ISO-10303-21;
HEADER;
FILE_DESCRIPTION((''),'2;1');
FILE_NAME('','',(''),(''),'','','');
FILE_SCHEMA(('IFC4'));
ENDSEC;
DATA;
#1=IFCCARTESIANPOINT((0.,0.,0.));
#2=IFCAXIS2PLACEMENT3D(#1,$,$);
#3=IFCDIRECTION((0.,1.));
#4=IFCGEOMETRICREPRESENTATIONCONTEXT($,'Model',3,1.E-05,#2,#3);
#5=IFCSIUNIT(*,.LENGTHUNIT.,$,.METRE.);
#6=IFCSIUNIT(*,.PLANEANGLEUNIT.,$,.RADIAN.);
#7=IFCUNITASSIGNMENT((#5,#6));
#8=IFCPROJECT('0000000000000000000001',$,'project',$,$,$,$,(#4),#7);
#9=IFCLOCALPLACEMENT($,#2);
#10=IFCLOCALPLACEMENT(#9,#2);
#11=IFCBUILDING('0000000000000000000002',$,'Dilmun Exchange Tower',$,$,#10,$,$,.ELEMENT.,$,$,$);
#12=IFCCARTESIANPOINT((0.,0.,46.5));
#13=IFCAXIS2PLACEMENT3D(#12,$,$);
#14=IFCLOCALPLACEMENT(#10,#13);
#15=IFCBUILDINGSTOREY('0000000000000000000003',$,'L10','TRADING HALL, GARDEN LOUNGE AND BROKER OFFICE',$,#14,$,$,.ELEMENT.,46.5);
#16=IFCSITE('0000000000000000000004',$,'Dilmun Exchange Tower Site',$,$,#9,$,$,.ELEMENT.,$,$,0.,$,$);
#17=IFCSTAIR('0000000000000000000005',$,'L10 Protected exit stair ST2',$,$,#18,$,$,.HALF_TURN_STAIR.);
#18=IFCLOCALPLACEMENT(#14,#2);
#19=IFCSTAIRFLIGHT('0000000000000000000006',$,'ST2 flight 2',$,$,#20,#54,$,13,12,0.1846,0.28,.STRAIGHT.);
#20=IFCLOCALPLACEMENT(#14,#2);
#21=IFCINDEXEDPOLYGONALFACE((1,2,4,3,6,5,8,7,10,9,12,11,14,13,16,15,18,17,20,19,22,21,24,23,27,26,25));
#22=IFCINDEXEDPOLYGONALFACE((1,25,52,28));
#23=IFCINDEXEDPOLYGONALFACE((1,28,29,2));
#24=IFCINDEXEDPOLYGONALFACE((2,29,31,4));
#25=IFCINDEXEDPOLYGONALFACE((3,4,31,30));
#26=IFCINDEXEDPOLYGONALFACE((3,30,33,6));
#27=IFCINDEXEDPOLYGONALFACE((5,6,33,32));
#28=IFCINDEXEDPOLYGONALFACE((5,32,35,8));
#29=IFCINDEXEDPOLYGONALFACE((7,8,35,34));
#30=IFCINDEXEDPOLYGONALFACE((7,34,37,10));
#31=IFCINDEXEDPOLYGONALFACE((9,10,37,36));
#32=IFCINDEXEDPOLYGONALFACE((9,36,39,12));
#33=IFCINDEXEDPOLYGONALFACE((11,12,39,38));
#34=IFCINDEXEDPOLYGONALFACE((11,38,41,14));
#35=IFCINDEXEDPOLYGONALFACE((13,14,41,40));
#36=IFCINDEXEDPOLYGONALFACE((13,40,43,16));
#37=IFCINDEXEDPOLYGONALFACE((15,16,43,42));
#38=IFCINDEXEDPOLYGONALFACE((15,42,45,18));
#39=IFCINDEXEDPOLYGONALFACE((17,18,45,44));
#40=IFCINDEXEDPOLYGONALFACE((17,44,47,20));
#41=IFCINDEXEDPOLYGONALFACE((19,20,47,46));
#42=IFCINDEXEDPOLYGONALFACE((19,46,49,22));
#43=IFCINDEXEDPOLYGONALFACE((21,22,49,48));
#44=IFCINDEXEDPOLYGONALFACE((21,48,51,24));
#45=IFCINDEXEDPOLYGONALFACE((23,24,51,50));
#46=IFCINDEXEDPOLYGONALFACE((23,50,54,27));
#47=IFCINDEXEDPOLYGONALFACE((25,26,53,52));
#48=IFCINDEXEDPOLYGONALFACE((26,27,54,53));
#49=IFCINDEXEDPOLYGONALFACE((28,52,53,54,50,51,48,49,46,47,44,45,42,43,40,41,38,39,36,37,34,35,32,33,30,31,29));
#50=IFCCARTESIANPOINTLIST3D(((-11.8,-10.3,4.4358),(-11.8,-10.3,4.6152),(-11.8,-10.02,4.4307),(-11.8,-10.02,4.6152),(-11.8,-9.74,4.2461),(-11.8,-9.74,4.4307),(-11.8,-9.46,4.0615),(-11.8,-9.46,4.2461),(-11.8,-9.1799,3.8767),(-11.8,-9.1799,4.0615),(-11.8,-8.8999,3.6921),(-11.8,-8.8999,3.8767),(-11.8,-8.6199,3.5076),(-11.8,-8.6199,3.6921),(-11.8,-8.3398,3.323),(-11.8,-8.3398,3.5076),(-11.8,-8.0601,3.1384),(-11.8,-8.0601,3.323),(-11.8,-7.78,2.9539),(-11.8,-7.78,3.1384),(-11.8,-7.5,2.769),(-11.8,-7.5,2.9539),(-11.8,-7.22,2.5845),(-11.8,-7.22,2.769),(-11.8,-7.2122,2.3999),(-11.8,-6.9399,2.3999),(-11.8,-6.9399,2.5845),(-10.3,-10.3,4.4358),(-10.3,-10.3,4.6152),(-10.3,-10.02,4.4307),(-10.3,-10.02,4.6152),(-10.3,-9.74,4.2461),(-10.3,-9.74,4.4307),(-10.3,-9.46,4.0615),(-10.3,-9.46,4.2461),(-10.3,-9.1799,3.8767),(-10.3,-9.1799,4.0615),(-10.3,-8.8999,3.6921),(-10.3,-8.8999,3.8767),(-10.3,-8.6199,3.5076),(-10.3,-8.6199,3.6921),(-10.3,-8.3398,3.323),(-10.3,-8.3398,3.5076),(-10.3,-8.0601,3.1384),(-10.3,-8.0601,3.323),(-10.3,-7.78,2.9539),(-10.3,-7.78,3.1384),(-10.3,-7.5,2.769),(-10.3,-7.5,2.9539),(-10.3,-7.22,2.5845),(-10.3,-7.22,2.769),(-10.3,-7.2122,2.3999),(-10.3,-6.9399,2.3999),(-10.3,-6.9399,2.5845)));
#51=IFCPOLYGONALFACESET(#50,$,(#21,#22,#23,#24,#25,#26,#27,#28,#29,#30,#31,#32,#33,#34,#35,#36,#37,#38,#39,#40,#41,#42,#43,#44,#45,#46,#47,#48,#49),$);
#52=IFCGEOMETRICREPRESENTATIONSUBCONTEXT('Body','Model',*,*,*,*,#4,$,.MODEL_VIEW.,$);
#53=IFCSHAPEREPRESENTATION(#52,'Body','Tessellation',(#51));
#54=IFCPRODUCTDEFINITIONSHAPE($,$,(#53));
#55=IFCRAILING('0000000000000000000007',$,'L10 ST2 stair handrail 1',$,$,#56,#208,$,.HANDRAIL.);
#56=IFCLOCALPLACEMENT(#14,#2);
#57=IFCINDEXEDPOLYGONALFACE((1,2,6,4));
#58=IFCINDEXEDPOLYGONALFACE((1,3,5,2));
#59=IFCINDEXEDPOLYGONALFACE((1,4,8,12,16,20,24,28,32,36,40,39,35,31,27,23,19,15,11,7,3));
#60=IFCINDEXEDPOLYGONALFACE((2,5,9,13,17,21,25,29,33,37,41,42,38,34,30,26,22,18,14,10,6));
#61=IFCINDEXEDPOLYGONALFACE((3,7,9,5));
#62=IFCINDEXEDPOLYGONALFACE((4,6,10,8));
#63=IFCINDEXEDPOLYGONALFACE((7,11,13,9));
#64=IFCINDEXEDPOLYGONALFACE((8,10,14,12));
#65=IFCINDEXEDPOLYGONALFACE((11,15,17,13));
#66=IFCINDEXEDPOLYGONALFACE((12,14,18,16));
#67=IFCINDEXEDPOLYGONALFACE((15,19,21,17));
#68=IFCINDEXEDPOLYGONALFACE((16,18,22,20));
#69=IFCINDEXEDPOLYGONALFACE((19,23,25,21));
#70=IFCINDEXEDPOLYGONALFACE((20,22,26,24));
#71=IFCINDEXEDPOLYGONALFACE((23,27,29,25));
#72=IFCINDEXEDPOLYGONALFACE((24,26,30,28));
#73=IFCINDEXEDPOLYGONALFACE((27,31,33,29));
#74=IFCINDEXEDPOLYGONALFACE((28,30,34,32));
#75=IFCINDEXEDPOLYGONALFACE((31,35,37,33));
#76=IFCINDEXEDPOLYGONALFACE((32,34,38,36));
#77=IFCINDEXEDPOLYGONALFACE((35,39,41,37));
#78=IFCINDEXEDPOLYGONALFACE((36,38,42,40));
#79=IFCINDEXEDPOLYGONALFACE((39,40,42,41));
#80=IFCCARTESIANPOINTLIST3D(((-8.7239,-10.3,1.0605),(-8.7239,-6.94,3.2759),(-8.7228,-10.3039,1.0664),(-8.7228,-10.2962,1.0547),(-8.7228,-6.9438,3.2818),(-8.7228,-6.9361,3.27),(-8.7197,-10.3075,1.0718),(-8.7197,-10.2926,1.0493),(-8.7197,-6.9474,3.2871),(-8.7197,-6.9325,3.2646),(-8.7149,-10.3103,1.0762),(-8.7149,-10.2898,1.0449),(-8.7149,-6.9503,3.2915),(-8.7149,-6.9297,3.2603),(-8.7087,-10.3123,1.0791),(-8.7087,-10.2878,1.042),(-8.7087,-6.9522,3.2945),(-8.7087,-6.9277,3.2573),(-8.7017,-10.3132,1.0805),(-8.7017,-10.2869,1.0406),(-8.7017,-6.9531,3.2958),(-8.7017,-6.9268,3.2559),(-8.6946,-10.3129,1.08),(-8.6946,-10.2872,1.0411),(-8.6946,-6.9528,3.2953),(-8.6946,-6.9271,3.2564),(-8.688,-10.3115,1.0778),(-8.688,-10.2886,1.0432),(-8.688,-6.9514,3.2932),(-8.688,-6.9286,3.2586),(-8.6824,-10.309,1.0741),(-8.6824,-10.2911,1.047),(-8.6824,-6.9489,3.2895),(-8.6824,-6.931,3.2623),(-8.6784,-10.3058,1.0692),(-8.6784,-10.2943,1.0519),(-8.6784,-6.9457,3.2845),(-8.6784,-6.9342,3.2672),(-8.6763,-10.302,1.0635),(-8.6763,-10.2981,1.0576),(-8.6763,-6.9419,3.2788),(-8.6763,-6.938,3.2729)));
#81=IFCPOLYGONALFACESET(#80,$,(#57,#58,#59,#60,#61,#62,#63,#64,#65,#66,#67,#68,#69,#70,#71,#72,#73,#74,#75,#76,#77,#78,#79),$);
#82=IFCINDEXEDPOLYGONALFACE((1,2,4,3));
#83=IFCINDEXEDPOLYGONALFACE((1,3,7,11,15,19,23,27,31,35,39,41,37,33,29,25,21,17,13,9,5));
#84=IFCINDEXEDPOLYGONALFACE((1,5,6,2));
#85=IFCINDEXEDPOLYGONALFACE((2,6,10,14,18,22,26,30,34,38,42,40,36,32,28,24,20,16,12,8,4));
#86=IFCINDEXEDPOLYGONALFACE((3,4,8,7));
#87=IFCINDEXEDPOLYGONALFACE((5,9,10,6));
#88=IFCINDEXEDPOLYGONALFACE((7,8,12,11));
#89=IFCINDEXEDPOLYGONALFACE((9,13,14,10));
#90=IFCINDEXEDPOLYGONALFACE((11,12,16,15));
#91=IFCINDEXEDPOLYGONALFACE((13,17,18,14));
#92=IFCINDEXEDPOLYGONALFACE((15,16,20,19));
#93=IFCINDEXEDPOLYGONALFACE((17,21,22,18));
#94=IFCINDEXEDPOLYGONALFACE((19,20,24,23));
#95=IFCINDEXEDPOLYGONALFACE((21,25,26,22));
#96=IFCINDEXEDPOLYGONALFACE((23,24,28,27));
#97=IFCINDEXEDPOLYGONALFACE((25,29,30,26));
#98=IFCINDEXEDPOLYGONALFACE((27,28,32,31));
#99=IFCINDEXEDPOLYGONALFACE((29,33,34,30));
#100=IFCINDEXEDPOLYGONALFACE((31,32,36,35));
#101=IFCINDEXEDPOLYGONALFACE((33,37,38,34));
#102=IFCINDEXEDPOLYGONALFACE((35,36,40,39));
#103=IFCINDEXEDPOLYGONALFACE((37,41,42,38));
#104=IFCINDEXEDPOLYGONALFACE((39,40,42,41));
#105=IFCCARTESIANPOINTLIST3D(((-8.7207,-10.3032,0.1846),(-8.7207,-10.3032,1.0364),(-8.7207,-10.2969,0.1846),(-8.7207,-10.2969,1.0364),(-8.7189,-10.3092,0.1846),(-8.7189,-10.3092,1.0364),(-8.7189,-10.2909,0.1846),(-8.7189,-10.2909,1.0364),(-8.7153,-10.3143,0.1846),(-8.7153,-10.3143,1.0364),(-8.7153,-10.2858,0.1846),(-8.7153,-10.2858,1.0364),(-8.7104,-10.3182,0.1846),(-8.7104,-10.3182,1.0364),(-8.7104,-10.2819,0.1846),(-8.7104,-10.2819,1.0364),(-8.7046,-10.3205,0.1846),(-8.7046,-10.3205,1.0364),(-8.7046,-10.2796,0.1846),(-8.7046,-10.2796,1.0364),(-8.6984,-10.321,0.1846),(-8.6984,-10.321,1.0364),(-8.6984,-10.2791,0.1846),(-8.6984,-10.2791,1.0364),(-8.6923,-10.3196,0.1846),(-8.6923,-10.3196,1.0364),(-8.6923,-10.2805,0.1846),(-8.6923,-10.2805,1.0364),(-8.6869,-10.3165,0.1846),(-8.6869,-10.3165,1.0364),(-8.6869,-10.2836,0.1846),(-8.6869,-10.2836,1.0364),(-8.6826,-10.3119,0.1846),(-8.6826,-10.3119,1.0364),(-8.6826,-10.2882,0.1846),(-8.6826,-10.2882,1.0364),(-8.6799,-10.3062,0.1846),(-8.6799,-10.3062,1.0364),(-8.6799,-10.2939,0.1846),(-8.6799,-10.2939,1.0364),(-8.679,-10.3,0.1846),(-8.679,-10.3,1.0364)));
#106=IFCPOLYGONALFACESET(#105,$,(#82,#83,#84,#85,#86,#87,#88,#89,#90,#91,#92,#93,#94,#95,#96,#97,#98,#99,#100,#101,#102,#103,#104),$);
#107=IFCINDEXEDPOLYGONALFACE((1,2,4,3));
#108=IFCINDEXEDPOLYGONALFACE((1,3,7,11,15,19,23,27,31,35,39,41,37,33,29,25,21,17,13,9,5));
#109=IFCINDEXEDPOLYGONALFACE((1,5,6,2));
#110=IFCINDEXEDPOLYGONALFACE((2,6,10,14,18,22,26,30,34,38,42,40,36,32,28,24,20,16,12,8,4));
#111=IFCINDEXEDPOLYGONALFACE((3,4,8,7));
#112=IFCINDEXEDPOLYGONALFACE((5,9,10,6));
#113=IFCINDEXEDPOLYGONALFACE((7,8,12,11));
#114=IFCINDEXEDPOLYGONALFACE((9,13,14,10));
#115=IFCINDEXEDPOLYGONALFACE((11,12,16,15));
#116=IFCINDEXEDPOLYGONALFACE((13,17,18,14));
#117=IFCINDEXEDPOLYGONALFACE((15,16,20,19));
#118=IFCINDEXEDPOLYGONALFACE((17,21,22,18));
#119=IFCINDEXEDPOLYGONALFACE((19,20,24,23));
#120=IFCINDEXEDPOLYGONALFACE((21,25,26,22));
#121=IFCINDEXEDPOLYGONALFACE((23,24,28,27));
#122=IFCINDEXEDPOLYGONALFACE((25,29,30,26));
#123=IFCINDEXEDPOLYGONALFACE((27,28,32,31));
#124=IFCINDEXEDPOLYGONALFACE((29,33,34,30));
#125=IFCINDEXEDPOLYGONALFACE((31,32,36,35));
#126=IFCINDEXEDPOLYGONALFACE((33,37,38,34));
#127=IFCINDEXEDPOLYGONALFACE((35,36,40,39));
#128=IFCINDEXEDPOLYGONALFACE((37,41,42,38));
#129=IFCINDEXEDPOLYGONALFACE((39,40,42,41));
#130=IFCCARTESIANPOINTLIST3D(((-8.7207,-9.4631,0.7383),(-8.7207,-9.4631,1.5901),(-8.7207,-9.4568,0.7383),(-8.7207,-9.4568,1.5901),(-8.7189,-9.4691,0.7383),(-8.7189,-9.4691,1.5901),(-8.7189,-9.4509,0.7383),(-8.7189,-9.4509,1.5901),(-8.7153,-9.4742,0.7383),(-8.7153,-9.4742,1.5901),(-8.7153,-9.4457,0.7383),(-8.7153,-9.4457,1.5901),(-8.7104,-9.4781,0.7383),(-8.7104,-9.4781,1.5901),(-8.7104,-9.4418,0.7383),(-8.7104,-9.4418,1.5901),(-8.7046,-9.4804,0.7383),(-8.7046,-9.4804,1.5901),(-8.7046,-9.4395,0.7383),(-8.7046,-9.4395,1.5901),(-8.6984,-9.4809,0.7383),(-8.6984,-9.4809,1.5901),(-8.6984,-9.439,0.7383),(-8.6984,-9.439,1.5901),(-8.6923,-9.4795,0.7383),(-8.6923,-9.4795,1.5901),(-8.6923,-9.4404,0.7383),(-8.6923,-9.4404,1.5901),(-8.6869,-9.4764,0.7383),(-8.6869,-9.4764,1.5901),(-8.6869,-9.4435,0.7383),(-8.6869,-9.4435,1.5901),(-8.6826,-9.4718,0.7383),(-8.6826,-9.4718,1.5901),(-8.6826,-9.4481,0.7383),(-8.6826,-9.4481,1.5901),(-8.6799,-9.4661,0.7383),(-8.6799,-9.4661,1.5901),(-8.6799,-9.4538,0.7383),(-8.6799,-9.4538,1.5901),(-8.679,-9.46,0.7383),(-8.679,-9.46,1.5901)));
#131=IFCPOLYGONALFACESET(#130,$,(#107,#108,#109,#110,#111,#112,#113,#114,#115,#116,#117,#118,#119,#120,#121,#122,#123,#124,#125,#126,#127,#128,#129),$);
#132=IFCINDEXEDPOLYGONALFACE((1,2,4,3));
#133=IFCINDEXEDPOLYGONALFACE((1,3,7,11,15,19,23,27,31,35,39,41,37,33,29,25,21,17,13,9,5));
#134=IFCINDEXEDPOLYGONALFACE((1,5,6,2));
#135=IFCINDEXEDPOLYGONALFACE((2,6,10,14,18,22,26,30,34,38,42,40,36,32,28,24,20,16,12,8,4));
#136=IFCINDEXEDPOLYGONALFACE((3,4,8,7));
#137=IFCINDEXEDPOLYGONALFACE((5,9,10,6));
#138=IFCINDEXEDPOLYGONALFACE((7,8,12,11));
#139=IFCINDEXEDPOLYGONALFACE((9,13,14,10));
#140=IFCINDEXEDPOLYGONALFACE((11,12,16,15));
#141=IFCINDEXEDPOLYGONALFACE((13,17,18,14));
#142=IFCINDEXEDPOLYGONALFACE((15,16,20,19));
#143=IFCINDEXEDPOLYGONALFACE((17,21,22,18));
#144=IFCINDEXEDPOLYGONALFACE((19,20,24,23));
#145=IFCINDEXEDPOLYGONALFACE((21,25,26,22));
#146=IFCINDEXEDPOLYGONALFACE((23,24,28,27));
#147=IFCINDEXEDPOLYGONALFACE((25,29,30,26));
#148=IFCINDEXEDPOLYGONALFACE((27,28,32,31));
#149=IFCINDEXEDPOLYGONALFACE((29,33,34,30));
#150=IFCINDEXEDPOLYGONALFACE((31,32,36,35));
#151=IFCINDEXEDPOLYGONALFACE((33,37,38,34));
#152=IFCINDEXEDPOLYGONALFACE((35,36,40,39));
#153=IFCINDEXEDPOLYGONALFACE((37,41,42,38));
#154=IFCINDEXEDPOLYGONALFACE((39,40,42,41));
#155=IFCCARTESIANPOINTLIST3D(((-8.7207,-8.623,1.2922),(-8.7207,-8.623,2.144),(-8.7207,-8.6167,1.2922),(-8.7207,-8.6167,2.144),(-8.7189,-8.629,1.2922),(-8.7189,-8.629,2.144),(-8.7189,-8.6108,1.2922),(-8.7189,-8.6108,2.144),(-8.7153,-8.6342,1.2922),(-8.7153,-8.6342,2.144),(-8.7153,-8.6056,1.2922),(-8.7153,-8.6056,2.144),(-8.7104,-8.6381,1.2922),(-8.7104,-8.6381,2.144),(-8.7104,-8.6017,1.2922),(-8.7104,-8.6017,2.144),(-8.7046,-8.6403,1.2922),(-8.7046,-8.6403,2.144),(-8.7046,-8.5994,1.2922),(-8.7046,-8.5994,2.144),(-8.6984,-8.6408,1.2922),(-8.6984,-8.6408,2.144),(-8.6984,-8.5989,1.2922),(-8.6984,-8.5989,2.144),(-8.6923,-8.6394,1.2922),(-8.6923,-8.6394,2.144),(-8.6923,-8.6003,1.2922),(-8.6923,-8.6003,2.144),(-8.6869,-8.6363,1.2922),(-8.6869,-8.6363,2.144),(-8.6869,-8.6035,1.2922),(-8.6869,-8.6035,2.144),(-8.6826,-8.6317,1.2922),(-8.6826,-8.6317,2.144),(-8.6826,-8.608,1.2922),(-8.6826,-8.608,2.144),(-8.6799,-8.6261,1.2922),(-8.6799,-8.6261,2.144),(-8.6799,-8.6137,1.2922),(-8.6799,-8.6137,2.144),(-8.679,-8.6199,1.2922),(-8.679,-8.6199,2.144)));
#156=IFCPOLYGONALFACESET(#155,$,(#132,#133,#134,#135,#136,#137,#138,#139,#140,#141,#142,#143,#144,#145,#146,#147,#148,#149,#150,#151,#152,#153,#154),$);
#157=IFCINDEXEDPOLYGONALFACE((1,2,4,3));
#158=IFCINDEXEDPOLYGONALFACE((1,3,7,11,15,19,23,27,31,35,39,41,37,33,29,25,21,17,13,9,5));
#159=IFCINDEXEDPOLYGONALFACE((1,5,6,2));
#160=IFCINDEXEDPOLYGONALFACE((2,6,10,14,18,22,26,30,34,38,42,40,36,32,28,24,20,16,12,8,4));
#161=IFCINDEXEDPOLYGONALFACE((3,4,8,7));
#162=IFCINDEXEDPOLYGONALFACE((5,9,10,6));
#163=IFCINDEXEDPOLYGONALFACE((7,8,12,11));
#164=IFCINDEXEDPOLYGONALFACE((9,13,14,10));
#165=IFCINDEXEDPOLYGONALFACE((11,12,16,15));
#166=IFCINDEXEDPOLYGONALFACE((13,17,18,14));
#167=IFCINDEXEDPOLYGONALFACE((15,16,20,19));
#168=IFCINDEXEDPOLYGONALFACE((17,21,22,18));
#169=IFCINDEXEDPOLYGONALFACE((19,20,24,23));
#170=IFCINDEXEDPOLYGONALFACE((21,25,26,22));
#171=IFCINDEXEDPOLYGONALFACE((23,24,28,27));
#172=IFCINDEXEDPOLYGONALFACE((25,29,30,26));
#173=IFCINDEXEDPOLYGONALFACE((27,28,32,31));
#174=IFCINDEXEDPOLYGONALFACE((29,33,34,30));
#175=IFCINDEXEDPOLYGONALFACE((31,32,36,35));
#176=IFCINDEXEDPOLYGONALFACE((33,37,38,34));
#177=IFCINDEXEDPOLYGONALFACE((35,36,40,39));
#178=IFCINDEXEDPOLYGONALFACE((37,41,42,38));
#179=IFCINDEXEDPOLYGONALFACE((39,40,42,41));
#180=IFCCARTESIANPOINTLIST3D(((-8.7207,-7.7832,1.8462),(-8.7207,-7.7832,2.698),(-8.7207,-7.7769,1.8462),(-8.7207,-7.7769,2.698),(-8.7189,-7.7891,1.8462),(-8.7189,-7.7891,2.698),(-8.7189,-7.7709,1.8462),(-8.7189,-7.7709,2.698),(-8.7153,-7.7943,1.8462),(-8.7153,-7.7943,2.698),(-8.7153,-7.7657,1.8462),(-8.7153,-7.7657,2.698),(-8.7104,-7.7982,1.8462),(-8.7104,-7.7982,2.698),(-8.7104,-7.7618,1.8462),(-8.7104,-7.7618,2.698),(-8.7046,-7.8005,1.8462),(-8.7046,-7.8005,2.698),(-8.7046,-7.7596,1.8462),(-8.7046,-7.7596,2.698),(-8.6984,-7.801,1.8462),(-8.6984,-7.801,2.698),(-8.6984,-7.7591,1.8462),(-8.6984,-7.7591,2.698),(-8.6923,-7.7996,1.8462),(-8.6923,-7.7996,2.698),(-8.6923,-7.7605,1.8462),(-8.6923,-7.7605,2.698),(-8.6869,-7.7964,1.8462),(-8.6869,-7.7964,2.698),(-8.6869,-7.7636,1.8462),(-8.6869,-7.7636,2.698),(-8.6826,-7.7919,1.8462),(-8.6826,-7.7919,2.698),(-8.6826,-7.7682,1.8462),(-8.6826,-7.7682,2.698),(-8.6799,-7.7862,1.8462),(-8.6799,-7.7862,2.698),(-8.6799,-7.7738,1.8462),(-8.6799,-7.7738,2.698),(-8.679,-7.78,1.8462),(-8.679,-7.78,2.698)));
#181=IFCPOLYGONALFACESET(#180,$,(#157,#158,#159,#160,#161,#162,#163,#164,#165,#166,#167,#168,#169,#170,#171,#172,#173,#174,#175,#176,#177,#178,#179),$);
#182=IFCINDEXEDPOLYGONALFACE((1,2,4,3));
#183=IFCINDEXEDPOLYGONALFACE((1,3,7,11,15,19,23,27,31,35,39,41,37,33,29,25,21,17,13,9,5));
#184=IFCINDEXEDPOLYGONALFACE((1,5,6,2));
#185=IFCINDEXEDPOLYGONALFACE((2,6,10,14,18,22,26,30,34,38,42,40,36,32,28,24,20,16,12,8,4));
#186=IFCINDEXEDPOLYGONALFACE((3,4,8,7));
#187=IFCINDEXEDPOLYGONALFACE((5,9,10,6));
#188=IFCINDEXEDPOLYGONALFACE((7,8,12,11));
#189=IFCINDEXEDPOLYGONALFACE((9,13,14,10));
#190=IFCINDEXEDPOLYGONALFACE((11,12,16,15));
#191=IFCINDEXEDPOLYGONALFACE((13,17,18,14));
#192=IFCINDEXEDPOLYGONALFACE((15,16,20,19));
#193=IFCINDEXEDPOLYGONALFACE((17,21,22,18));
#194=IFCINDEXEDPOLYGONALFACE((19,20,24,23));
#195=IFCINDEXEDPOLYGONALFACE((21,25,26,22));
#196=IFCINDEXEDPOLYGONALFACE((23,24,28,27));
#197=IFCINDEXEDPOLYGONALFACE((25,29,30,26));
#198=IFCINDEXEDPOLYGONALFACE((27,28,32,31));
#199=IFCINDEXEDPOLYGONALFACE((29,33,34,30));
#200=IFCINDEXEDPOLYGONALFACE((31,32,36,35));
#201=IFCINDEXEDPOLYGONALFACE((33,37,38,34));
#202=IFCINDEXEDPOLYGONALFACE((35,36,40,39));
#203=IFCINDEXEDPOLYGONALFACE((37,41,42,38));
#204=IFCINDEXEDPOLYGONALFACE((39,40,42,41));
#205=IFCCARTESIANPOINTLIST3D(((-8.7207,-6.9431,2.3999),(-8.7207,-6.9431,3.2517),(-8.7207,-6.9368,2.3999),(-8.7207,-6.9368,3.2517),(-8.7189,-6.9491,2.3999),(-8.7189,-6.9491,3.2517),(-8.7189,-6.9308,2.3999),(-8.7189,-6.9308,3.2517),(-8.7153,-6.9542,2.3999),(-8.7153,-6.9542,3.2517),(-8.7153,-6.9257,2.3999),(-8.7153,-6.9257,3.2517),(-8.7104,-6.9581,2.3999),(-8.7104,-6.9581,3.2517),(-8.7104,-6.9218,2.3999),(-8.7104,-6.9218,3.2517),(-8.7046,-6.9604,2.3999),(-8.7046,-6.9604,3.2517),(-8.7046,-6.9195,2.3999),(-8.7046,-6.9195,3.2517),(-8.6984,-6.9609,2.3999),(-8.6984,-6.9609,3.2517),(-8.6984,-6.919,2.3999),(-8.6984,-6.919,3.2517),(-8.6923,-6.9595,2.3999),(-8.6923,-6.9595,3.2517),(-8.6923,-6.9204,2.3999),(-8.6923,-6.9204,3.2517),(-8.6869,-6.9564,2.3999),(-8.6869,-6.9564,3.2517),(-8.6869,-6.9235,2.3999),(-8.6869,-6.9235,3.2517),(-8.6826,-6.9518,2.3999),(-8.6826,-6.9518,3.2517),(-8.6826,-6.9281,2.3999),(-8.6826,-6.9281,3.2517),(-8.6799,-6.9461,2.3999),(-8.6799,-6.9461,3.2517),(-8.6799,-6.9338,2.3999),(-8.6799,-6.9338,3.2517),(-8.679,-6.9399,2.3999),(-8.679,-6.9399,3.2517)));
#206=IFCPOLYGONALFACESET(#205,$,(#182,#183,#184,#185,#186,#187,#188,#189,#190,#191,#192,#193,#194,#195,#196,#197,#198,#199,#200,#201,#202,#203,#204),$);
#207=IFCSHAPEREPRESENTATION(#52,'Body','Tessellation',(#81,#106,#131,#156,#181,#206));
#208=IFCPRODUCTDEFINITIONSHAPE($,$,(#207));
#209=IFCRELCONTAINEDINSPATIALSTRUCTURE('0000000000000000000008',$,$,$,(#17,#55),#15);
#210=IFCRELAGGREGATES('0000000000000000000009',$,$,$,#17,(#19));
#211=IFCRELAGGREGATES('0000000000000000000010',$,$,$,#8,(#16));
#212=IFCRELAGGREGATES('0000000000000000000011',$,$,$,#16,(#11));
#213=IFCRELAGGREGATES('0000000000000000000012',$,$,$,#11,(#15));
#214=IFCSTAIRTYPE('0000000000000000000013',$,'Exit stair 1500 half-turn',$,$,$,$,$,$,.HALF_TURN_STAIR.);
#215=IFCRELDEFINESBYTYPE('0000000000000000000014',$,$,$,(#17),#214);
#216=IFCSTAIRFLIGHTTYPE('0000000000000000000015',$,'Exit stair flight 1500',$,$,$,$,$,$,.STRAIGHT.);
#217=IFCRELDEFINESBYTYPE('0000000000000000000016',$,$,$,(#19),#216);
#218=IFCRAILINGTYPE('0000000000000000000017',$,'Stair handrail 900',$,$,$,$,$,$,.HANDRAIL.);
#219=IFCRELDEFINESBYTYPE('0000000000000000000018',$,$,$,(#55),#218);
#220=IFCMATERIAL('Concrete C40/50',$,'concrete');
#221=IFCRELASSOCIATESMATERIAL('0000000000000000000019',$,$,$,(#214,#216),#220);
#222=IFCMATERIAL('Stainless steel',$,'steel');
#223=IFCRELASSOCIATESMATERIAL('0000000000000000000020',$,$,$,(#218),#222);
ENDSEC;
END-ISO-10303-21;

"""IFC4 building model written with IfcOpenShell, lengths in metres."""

from ifc_helpers import new_model, si_unit, direction, frame, origin, origin_2d, place, context, subcontext, project, spatial, polyline, circle, outline, extrude, material, type_object, element, aggregate, save


model = new_model("IFC4")

# Units and contexts
model_context = context("Model", 3, precision=1e-05, world=origin(), true_north=direction((0.0, 1.0)))
body_context = subcontext(model_context, "Body", "Model", "MODEL_VIEW")
ifc_project = project(units=[si_unit("LENGTHUNIT", "METRE"), si_unit("PLANEANGLEUNIT", "RADIAN")], contexts=[model_context])

# Site, building, storey
site_placement = place(None, origin())
site = spatial("IfcSite", under=ifc_project, at=site_placement, Name="Dilmun Exchange Tower Site", CompositionType="ELEMENT", RefElevation=0.0)
building_placement = place(site_placement, origin())
building = spatial("IfcBuilding", under=site, at=building_placement, Name="Dilmun Exchange Tower", CompositionType="ELEMENT")
storey_placement = place(building_placement, frame((0.0, 0.0, 46.5)))
storey = spatial("IfcBuildingStorey", under=building, at=storey_placement, Name="L10", Description="TRADING HALL, GARDEN LOUNGE AND BROKER OFFICE", CompositionType="ELEMENT", Elevation=46.5)

# Shared definitions
ifc_material_1 = material(Name="Concrete C40/50", Category="concrete")

# Stair, stair flight
stair_type = type_object("IfcStairType", Name="Exit stair 1500 half-turn", PredefinedType="HALF_TURN_STAIR", material=ifc_material_1)
stair_placement = place(storey_placement, origin())
stair = element("IfcStair", 1, at=stair_placement, inside=storey, type_object=stair_type, Name="L10 Protected exit stair ST2", PredefinedType="HALF_TURN_STAIR")
stair_flight_type = type_object("IfcStairFlightType", Name="Exit stair flight 1500", PredefinedType="STRAIGHT", material=ifc_material_1)
stair_flight_placement = place(storey_placement, frame((-11.05, -6.9399, 2.3999), z_axis=(0.0, 0.0, 1.0), x_axis=(0.0, -1.0, 0.0)))
stair_flight = element("IfcStairFlight", 2, at=stair_flight_placement, type_object=stair_flight_type, Name="ST2 flight 2", NumberOfRisers=13, NumberOfTreads=12, PredefinedType="STRAIGHT", RiserHeight=0.1846, TreadLength=0.28, context=body_context, shape_type="SweptSolid", body=[
    extrude(outline(polyline([(0.0, 0.0), (0.0, 0.1846), (0.28, 0.1846), (0.28, 0.3691), (0.5601, 0.3691), (0.5601, 0.554), (0.8401, 0.554), (0.8401, 0.7385), (1.1201, 0.7385), (1.1201, 0.9231), (1.3999, 0.9231), (1.3999, 1.1077), (1.6799, 1.1077), (1.6799, 1.2922), (1.96, 1.2922), (1.96, 1.4768), (2.24, 1.4768), (2.24, 1.6616), (2.52, 1.6616), (2.52, 1.8462), (2.8, 1.8462), (2.8, 2.0308), (3.0801, 2.0308), (3.0801, 2.2153), (3.3601, 2.2153), (3.3601, 2.3999), (3.3601, 2.0359), (0.2722, 0.0), (0.0, 0.0)])), frame((0.0, 0.75, 0.0), z_axis=(0.0, -1.0, 0.0), x_axis=(1.0, 0.0, 0.0)), (0.0, 0.0, 1.0), 1.5),
])
aggregate(stair, [stair_flight])

# Railing
ifc_material_2 = material(Name="Stainless steel", Category="steel")
railing_type = type_object("IfcRailingType", Name="Stair handrail 900", PredefinedType="HANDRAIL", material=ifc_material_2)
railing_1_placement = place(storey_placement, frame((-8.7, -10.3, 0.1846)))
element("IfcRailing", 3, at=railing_1_placement, inside=storey, type_object=railing_type, Name="L10 ST2 stair handrail 1", PredefinedType="HANDRAIL", context=body_context, shape_type="SweptSolid", body=[
    extrude(circle(Radius=0.0239, at=origin_2d()), frame((0.0, 0.0, 0.876), z_axis=(0.0, 0.834876, 0.550437), x_axis=(-1.0, 0.0, 0.0)), (0.0, 0.0, 1.0), 4.0247),
    extrude(circle(Radius=0.021, at=origin_2d()), origin(), (0.0, 0.0, 1.0), 0.8518),
    extrude(circle(Radius=0.021, at=origin_2d()), frame((0.0, 0.8401, 0.5537)), (0.0, 0.0, 1.0), 0.8518),
    extrude(circle(Radius=0.021, at=origin_2d()), frame((0.0, 1.6802, 1.1077)), (0.0, 0.0, 1.0), 0.8518),
    extrude(circle(Radius=0.021, at=origin_2d()), frame((0.0, 2.52, 1.6616)), (0.0, 0.0, 1.0), 0.8518),
    extrude(circle(Radius=0.021, at=origin_2d()), frame((0.0, 3.3601, 2.2153)), (0.0, 0.0, 1.0), 0.8518),
])

save(model, "model.ifc")
